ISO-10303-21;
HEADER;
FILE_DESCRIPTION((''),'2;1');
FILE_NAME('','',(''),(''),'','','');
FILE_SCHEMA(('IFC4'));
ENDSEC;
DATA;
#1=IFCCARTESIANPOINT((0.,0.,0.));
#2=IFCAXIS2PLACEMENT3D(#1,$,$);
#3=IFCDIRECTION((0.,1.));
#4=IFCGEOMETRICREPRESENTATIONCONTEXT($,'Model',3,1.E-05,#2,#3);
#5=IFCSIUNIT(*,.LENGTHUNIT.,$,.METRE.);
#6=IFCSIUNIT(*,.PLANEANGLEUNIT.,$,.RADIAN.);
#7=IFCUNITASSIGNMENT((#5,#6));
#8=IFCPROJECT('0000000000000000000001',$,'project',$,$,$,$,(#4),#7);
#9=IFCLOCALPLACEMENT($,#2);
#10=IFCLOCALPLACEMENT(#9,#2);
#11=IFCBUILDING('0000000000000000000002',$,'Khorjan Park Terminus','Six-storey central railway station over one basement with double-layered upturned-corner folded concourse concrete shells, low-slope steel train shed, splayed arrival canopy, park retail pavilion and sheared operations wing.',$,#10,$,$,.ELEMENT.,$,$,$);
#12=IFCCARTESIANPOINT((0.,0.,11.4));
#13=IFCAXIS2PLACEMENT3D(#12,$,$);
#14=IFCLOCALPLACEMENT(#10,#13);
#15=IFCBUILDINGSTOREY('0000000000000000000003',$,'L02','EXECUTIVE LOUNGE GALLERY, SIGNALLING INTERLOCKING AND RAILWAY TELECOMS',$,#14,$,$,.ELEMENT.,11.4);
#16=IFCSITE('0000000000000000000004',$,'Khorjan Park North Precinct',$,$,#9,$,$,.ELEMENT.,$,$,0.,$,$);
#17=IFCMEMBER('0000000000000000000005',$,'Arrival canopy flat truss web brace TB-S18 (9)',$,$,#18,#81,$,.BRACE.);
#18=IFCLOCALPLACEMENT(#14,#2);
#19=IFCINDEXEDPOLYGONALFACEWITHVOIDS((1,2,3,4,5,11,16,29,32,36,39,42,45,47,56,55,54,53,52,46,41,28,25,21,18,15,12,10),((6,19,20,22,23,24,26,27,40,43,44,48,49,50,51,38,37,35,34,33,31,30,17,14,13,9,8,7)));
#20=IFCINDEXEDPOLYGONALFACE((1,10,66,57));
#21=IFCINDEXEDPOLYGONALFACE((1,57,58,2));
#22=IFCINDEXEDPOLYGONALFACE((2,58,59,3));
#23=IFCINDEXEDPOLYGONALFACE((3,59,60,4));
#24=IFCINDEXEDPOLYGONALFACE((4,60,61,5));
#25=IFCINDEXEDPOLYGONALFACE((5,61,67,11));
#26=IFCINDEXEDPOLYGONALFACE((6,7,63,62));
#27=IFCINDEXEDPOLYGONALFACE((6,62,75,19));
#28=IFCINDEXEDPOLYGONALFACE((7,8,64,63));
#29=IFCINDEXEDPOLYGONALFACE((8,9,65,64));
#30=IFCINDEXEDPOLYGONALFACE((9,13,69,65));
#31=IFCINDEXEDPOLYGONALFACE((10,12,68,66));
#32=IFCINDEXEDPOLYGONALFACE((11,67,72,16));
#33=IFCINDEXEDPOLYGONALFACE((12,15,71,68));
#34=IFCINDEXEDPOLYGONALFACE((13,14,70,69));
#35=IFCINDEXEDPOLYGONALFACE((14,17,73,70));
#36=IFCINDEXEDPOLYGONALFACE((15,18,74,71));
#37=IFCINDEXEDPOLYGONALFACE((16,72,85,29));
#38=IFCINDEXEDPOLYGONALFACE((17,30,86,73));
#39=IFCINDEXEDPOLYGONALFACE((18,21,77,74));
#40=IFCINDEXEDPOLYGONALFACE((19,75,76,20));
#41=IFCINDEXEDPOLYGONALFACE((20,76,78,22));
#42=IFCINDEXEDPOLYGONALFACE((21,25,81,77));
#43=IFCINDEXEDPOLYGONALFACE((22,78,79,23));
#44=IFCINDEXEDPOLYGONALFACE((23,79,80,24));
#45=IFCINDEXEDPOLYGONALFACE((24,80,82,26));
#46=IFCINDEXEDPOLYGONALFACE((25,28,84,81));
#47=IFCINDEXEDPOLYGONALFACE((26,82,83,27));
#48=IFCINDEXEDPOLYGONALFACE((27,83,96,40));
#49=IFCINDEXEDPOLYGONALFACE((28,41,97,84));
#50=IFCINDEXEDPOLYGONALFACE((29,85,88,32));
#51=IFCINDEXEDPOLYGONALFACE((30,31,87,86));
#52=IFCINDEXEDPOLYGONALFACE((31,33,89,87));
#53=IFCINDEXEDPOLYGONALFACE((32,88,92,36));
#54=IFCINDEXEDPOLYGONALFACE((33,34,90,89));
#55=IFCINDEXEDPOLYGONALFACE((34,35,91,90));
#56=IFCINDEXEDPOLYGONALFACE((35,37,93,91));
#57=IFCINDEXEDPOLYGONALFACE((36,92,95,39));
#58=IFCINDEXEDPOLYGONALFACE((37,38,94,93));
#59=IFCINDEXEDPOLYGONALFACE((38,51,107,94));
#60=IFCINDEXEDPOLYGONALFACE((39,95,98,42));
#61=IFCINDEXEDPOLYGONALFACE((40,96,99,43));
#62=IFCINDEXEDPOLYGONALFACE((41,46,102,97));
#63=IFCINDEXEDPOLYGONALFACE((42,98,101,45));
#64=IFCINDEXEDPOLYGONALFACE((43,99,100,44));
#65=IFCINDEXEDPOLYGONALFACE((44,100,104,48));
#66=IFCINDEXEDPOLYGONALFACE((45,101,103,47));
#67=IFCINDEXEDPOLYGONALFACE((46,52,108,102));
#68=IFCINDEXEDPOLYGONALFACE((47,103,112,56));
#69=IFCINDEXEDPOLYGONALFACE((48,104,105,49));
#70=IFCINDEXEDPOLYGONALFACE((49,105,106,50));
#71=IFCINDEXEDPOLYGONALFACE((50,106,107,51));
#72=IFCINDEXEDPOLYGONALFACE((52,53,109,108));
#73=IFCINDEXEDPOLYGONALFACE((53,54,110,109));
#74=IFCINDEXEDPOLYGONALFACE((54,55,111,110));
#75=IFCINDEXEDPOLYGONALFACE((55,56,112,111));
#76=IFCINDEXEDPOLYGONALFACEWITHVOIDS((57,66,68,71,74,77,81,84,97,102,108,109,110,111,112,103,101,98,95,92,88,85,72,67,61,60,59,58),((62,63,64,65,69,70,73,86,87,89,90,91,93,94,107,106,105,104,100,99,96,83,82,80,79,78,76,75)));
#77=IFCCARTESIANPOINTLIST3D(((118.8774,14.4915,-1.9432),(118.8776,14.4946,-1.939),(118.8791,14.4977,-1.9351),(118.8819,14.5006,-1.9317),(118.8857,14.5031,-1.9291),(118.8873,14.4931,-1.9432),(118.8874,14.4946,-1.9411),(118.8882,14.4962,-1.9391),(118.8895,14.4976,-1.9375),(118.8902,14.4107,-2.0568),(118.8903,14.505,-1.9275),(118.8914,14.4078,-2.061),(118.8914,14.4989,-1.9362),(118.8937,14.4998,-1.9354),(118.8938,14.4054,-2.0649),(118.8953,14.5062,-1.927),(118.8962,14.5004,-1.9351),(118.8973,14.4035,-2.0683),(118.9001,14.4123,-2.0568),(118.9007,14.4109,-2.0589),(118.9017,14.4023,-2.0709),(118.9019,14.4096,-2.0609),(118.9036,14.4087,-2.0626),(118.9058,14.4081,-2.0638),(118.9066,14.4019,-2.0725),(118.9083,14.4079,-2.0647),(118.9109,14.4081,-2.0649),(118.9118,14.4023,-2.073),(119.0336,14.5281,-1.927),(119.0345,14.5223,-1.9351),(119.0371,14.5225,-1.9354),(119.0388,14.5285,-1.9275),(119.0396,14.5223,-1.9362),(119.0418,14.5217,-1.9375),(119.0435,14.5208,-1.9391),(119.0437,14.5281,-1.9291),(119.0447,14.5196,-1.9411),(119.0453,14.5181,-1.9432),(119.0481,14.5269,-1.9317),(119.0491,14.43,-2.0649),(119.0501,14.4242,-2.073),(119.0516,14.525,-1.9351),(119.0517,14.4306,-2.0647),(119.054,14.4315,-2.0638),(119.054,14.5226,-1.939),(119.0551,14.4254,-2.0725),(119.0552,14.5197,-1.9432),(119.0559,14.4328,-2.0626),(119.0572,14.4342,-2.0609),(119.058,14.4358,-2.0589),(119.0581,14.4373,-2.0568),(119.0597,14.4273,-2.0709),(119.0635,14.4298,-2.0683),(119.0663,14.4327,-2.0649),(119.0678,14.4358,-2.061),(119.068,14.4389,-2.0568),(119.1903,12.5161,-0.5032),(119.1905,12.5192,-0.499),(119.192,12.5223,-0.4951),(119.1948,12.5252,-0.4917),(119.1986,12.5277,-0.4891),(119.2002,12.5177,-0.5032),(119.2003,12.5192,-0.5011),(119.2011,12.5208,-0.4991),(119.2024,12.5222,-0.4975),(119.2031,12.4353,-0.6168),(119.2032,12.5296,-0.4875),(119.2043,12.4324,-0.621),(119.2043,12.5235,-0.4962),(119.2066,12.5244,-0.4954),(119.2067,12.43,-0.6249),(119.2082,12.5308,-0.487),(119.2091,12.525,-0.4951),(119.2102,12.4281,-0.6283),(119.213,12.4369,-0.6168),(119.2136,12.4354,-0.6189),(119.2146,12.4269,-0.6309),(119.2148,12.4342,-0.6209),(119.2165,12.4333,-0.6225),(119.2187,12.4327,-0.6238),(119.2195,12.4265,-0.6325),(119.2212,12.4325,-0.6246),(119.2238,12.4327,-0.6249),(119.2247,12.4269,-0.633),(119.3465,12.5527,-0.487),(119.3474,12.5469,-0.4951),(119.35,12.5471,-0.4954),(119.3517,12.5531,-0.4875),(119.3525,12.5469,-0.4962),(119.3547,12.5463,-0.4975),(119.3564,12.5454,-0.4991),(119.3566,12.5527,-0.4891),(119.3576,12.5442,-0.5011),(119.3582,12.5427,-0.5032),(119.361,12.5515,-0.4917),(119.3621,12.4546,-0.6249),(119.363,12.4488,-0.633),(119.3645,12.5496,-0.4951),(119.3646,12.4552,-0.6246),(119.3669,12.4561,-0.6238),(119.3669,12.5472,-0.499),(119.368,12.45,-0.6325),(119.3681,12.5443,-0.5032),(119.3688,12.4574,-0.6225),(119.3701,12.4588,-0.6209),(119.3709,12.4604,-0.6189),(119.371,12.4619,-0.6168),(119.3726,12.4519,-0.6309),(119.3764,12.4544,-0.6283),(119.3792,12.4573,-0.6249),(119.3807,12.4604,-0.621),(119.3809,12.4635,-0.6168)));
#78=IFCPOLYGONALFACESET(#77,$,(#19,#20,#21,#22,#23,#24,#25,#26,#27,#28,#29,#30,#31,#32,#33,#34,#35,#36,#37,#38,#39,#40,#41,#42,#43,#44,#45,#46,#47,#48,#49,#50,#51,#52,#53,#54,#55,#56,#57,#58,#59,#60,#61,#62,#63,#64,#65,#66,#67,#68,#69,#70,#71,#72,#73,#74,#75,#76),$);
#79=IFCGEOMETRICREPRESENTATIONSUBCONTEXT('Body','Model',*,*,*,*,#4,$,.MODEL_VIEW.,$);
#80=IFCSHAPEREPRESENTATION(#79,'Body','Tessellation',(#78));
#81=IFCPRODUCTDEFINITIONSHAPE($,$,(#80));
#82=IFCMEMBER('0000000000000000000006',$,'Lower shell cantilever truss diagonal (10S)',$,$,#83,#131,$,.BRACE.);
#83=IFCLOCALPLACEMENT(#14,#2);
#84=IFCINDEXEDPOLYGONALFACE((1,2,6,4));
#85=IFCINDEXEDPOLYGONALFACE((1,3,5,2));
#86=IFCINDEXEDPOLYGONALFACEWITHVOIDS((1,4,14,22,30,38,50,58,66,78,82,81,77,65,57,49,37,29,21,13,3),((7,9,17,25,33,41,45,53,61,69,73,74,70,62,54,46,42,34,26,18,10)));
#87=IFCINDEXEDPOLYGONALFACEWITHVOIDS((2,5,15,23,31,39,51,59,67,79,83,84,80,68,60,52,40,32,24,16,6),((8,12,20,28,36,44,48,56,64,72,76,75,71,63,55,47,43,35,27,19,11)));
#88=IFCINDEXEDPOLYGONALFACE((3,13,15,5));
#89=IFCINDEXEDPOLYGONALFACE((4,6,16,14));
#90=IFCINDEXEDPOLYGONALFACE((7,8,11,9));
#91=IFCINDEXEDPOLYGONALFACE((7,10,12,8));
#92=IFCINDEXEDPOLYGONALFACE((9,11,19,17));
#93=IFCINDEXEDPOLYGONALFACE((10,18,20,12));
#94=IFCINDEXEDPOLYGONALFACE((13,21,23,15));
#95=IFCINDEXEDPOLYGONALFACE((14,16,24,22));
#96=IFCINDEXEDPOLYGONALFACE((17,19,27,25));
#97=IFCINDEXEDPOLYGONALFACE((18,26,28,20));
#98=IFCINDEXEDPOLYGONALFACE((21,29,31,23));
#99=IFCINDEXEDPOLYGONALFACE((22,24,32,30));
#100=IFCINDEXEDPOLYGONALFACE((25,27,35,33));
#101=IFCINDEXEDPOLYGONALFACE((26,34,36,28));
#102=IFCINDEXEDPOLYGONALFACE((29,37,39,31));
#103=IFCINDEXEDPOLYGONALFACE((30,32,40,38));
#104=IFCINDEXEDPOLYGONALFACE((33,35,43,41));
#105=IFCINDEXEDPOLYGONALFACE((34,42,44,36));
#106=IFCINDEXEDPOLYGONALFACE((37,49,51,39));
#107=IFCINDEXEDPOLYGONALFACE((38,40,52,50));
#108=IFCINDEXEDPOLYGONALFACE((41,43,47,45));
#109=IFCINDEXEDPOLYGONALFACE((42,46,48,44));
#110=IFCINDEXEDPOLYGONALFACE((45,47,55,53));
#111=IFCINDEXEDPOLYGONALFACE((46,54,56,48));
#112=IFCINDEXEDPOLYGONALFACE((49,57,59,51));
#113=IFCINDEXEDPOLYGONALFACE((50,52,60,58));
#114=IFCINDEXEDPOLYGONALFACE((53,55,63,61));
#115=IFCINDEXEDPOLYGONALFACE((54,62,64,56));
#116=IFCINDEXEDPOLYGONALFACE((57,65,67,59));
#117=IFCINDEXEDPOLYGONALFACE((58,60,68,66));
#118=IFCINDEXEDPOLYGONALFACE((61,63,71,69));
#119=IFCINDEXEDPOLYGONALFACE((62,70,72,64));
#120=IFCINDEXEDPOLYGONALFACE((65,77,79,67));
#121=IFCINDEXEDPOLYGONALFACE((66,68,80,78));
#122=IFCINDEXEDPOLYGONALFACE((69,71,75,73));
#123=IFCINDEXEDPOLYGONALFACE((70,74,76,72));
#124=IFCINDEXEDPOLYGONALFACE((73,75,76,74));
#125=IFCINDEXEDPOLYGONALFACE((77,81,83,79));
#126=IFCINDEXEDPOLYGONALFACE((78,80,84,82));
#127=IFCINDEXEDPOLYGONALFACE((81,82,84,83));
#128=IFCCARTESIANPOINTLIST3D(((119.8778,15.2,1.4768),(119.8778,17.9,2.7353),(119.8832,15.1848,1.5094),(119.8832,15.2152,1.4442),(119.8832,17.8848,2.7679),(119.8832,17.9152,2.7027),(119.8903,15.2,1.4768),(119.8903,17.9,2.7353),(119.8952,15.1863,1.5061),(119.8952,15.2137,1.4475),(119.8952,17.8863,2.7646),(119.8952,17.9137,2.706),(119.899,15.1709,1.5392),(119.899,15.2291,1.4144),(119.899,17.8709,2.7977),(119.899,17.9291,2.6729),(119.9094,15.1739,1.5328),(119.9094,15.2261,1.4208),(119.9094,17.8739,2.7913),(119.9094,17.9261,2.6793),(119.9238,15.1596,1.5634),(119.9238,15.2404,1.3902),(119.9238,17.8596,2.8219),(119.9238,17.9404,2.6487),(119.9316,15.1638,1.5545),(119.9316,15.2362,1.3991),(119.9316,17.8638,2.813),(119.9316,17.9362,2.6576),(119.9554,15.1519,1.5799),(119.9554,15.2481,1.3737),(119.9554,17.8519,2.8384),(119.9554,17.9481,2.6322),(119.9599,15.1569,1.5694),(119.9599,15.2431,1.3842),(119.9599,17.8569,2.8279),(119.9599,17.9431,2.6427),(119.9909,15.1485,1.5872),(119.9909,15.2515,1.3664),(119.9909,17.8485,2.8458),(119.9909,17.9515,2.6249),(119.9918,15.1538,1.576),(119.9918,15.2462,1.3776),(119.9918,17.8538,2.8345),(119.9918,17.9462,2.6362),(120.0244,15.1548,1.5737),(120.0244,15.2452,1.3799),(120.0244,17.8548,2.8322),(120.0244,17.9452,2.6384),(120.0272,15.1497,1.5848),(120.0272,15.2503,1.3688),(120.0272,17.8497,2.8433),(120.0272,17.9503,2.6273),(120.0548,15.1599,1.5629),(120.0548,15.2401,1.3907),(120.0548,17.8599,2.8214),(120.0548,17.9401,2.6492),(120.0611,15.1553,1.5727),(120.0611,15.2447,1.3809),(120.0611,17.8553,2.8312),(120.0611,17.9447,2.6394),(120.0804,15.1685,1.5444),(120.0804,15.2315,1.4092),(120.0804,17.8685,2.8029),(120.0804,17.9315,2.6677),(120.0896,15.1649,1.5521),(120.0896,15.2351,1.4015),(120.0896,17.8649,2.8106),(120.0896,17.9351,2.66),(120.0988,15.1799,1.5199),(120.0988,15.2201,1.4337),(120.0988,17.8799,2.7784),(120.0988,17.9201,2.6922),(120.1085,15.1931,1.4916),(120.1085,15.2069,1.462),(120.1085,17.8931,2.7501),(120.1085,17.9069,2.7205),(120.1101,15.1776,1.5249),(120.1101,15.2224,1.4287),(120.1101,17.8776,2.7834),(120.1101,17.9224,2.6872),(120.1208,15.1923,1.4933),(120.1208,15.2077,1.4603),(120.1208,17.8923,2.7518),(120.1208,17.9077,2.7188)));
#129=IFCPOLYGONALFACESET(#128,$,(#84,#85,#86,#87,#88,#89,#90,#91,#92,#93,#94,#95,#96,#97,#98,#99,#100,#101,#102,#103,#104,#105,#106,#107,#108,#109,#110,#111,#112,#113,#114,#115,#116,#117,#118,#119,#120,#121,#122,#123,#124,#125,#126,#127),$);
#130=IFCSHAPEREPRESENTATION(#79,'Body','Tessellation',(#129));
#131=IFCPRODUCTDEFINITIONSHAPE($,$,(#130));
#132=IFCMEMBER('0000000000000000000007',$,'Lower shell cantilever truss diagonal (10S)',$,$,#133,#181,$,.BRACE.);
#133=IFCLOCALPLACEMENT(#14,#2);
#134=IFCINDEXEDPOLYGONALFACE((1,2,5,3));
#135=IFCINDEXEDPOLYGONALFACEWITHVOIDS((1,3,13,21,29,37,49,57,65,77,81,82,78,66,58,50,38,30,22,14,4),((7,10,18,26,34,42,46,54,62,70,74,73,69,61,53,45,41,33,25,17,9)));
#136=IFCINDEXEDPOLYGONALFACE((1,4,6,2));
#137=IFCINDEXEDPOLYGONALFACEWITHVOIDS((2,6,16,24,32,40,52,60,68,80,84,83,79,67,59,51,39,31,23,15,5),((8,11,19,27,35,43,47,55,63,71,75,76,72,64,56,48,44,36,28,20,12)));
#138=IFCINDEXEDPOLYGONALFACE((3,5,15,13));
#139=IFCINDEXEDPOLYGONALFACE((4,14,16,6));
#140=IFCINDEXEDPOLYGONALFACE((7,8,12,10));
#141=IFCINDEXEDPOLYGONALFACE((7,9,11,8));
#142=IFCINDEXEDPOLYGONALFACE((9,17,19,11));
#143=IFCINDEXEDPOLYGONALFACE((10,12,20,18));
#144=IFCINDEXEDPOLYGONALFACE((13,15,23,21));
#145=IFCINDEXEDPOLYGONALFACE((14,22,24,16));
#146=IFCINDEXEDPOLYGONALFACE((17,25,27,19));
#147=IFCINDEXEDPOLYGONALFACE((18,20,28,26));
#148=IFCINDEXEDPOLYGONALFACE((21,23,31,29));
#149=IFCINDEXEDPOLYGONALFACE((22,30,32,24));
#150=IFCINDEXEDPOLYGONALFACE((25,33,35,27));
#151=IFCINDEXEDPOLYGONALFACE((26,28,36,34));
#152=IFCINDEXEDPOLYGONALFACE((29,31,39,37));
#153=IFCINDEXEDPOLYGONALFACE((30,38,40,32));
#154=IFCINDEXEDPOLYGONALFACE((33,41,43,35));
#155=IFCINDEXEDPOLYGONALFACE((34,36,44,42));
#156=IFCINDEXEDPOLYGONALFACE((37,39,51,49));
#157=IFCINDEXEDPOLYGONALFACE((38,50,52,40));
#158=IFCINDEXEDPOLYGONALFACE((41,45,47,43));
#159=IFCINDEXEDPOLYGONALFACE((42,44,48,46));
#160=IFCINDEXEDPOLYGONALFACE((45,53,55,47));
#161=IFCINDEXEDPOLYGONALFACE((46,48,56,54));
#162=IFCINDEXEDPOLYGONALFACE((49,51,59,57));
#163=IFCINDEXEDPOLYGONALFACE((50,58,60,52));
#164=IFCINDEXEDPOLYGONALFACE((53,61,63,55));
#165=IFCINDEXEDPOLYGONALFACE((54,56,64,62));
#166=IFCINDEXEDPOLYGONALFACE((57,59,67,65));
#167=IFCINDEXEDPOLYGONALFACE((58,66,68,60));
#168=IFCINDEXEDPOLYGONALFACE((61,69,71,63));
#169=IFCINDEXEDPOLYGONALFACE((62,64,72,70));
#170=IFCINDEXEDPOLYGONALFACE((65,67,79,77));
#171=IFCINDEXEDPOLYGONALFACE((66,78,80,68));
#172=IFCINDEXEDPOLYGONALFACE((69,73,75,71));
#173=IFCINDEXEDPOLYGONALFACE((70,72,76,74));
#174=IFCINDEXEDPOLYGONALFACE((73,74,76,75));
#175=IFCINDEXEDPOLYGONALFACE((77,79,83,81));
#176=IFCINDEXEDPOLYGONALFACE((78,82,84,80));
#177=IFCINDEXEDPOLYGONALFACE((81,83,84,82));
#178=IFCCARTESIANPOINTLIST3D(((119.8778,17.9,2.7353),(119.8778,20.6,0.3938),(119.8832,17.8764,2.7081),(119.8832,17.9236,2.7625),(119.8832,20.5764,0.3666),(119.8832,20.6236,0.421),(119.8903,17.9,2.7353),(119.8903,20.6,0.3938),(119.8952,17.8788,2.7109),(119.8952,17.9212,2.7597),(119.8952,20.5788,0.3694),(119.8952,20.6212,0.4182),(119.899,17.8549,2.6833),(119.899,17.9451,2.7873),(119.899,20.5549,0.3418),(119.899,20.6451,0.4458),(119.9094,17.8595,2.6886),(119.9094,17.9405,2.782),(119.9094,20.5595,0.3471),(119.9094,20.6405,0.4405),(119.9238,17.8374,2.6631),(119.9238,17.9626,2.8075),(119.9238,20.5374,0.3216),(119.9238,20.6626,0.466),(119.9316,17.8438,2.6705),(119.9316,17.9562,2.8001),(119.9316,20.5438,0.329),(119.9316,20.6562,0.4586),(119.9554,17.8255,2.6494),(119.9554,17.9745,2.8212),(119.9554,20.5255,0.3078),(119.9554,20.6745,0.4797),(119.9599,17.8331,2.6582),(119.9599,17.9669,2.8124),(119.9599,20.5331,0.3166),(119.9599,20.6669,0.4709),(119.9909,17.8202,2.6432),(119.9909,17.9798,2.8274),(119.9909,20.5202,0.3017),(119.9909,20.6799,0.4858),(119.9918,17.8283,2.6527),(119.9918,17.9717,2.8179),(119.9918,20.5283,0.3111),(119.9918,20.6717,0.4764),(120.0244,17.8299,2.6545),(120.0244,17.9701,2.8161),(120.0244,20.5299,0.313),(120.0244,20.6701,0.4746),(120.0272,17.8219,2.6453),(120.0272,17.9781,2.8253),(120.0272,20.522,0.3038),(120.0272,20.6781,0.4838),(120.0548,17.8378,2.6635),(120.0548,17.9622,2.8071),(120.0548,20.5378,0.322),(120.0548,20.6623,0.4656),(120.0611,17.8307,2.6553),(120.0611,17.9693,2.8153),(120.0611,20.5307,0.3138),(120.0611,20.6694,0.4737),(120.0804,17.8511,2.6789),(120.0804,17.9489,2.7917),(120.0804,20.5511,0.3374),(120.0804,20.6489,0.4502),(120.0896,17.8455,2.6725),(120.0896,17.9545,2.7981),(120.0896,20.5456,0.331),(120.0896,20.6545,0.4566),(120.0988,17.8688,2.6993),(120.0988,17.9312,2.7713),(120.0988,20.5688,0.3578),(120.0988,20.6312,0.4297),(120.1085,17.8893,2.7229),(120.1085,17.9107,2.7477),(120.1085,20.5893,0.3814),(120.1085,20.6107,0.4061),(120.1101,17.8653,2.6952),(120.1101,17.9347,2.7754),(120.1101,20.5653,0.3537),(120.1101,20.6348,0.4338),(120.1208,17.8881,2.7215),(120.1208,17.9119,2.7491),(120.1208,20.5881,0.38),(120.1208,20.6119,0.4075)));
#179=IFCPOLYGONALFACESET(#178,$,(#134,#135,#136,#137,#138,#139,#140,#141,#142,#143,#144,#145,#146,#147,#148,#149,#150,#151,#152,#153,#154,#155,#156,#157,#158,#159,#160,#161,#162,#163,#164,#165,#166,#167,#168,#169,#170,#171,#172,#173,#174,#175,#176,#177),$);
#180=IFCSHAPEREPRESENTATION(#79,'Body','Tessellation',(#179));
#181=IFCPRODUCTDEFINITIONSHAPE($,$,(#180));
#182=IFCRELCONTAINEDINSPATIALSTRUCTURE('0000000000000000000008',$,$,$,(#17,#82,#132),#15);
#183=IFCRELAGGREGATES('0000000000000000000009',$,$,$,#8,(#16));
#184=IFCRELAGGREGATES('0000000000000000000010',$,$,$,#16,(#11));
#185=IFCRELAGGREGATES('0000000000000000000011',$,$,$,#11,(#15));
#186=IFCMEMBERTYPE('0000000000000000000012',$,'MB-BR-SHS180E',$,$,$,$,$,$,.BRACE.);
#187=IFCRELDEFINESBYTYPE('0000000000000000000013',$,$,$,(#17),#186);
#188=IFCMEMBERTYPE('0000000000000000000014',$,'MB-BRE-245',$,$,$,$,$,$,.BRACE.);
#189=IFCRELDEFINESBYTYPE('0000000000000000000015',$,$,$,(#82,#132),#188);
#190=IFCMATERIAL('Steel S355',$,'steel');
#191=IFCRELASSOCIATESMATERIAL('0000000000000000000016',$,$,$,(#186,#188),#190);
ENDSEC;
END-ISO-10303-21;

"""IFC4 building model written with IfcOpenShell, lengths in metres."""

from ifc_helpers import new_model, si_unit, direction, frame, origin, origin_2d, place, context, subcontext, project, spatial, hollow_rectangle, hollow_circle, extrude, material, material_profile, profile_set, type_object, element, save


model = new_model("IFC4")

# Units and contexts
model_context = context("Model", 3, precision=1e-05, world=origin(), true_north=direction((0.0, 1.0)))
body_context = subcontext(model_context, "Body", "Model", "MODEL_VIEW")
ifc_project = project(units=[si_unit("LENGTHUNIT", "METRE"), si_unit("PLANEANGLEUNIT", "RADIAN")], contexts=[model_context])

# Site, building, storey
site_placement = place(None, origin())
site = spatial("IfcSite", under=ifc_project, at=site_placement, Name="Khorjan Park North Precinct", CompositionType="ELEMENT", RefElevation=0.0)
building_placement = place(site_placement, origin())
building = spatial("IfcBuilding", under=site, at=building_placement, Name="Khorjan Park Terminus", Description="Six-storey central railway station over one basement with double-layered upturned-corner folded concourse concrete shells, low-slope steel train shed, splayed arrival canopy, park retail pavilion and sheared operations wing.", CompositionType="ELEMENT")
storey_placement = place(building_placement, frame((0.0, 0.0, 11.4)))
storey = spatial("IfcBuildingStorey", under=building, at=storey_placement, Name="L02", Description="EXECUTIVE LOUNGE GALLERY, SIGNALLING INTERLOCKING AND RAILWAY TELECOMS", CompositionType="ELEMENT", Elevation=11.4)

# Members
ifc_material = material(Name="Steel S355", Category="steel")
ifc_material_profile_1 = material_profile(ifc_material, hollow_rectangle(XDim=0.18, YDim=0.18, WallThickness=0.01, InnerFilletRadius=0.01, OuterFilletRadius=0.02, at=origin_2d()), Name="SHS 180x180x10")
ifc_profile_set_1 = profile_set([ifc_material_profile_1], Name="Steel S355")
member_type_1 = type_object("IfcMemberType", Name="MB-BR-SHS180E", PredefinedType="BRACE", material=ifc_profile_set_1)
for number, where, z_axis, x_axis, name in (
    (1, (119.2856, 12.4898, -0.56), (-0.126963, 0.801545, -0.584299), (-0.987686, -0.156448, 0.0), "Arrival canopy flat truss web brace TB-S18 (9)"),
):
    element("IfcMember", number, at=place(storey_placement, frame(where, z_axis=z_axis, x_axis=x_axis)), inside=storey, type_object=member_type_1, Name=name, PredefinedType="BRACE", context=body_context, shape_type="SweptSolid", body=[
        extrude(hollow_rectangle(XDim=0.18, YDim=0.18, WallThickness=0.01, InnerFilletRadius=0.01, OuterFilletRadius=0.02, at=origin_2d()), origin(), (0.0, 0.0, 1.0), 2.4645),
    ])
ifc_material_profile_2 = material_profile(ifc_material, hollow_circle(Radius=0.1222, WallThickness=0.0125, at=origin_2d()), Name="CHS 244.5x12.5")
ifc_profile_set_2 = profile_set([ifc_material_profile_2], Name="Steel S355")
member_type_2 = type_object("IfcMemberType", Name="MB-BRE-245", PredefinedType="BRACE", material=ifc_profile_set_2)
member_1_placement = place(storey_placement, frame((120.0, 15.2, 1.4768), z_axis=(0.0, 0.906376, 0.422472), x_axis=(-1.0, 0.0, 0.0)))
element("IfcMember", 2, at=member_1_placement, inside=storey, type_object=member_type_2, Name="Lower shell cantilever truss diagonal (10S)", PredefinedType="BRACE", context=body_context, shape_type="SweptSolid", body=[
    extrude(hollow_circle(Radius=0.1222, WallThickness=0.0125, at=origin_2d()), origin(), (0.0, 0.0, 1.0), 2.9789),
])
member_2_placement = place(storey_placement, frame((120.0, 17.9, 2.7353), z_axis=(0.0, 0.755481, -0.65517), x_axis=(-1.0, 0.0, 0.0)))
element("IfcMember", 3, at=member_2_placement, inside=storey, type_object=member_type_2, Name="Lower shell cantilever truss diagonal (10S)", PredefinedType="BRACE", context=body_context, shape_type="SweptSolid", body=[
    extrude(hollow_circle(Radius=0.1222, WallThickness=0.0125, at=origin_2d()), origin(), (0.0, 0.0, 1.0), 3.5739),
])

save(model, "model.ifc")
